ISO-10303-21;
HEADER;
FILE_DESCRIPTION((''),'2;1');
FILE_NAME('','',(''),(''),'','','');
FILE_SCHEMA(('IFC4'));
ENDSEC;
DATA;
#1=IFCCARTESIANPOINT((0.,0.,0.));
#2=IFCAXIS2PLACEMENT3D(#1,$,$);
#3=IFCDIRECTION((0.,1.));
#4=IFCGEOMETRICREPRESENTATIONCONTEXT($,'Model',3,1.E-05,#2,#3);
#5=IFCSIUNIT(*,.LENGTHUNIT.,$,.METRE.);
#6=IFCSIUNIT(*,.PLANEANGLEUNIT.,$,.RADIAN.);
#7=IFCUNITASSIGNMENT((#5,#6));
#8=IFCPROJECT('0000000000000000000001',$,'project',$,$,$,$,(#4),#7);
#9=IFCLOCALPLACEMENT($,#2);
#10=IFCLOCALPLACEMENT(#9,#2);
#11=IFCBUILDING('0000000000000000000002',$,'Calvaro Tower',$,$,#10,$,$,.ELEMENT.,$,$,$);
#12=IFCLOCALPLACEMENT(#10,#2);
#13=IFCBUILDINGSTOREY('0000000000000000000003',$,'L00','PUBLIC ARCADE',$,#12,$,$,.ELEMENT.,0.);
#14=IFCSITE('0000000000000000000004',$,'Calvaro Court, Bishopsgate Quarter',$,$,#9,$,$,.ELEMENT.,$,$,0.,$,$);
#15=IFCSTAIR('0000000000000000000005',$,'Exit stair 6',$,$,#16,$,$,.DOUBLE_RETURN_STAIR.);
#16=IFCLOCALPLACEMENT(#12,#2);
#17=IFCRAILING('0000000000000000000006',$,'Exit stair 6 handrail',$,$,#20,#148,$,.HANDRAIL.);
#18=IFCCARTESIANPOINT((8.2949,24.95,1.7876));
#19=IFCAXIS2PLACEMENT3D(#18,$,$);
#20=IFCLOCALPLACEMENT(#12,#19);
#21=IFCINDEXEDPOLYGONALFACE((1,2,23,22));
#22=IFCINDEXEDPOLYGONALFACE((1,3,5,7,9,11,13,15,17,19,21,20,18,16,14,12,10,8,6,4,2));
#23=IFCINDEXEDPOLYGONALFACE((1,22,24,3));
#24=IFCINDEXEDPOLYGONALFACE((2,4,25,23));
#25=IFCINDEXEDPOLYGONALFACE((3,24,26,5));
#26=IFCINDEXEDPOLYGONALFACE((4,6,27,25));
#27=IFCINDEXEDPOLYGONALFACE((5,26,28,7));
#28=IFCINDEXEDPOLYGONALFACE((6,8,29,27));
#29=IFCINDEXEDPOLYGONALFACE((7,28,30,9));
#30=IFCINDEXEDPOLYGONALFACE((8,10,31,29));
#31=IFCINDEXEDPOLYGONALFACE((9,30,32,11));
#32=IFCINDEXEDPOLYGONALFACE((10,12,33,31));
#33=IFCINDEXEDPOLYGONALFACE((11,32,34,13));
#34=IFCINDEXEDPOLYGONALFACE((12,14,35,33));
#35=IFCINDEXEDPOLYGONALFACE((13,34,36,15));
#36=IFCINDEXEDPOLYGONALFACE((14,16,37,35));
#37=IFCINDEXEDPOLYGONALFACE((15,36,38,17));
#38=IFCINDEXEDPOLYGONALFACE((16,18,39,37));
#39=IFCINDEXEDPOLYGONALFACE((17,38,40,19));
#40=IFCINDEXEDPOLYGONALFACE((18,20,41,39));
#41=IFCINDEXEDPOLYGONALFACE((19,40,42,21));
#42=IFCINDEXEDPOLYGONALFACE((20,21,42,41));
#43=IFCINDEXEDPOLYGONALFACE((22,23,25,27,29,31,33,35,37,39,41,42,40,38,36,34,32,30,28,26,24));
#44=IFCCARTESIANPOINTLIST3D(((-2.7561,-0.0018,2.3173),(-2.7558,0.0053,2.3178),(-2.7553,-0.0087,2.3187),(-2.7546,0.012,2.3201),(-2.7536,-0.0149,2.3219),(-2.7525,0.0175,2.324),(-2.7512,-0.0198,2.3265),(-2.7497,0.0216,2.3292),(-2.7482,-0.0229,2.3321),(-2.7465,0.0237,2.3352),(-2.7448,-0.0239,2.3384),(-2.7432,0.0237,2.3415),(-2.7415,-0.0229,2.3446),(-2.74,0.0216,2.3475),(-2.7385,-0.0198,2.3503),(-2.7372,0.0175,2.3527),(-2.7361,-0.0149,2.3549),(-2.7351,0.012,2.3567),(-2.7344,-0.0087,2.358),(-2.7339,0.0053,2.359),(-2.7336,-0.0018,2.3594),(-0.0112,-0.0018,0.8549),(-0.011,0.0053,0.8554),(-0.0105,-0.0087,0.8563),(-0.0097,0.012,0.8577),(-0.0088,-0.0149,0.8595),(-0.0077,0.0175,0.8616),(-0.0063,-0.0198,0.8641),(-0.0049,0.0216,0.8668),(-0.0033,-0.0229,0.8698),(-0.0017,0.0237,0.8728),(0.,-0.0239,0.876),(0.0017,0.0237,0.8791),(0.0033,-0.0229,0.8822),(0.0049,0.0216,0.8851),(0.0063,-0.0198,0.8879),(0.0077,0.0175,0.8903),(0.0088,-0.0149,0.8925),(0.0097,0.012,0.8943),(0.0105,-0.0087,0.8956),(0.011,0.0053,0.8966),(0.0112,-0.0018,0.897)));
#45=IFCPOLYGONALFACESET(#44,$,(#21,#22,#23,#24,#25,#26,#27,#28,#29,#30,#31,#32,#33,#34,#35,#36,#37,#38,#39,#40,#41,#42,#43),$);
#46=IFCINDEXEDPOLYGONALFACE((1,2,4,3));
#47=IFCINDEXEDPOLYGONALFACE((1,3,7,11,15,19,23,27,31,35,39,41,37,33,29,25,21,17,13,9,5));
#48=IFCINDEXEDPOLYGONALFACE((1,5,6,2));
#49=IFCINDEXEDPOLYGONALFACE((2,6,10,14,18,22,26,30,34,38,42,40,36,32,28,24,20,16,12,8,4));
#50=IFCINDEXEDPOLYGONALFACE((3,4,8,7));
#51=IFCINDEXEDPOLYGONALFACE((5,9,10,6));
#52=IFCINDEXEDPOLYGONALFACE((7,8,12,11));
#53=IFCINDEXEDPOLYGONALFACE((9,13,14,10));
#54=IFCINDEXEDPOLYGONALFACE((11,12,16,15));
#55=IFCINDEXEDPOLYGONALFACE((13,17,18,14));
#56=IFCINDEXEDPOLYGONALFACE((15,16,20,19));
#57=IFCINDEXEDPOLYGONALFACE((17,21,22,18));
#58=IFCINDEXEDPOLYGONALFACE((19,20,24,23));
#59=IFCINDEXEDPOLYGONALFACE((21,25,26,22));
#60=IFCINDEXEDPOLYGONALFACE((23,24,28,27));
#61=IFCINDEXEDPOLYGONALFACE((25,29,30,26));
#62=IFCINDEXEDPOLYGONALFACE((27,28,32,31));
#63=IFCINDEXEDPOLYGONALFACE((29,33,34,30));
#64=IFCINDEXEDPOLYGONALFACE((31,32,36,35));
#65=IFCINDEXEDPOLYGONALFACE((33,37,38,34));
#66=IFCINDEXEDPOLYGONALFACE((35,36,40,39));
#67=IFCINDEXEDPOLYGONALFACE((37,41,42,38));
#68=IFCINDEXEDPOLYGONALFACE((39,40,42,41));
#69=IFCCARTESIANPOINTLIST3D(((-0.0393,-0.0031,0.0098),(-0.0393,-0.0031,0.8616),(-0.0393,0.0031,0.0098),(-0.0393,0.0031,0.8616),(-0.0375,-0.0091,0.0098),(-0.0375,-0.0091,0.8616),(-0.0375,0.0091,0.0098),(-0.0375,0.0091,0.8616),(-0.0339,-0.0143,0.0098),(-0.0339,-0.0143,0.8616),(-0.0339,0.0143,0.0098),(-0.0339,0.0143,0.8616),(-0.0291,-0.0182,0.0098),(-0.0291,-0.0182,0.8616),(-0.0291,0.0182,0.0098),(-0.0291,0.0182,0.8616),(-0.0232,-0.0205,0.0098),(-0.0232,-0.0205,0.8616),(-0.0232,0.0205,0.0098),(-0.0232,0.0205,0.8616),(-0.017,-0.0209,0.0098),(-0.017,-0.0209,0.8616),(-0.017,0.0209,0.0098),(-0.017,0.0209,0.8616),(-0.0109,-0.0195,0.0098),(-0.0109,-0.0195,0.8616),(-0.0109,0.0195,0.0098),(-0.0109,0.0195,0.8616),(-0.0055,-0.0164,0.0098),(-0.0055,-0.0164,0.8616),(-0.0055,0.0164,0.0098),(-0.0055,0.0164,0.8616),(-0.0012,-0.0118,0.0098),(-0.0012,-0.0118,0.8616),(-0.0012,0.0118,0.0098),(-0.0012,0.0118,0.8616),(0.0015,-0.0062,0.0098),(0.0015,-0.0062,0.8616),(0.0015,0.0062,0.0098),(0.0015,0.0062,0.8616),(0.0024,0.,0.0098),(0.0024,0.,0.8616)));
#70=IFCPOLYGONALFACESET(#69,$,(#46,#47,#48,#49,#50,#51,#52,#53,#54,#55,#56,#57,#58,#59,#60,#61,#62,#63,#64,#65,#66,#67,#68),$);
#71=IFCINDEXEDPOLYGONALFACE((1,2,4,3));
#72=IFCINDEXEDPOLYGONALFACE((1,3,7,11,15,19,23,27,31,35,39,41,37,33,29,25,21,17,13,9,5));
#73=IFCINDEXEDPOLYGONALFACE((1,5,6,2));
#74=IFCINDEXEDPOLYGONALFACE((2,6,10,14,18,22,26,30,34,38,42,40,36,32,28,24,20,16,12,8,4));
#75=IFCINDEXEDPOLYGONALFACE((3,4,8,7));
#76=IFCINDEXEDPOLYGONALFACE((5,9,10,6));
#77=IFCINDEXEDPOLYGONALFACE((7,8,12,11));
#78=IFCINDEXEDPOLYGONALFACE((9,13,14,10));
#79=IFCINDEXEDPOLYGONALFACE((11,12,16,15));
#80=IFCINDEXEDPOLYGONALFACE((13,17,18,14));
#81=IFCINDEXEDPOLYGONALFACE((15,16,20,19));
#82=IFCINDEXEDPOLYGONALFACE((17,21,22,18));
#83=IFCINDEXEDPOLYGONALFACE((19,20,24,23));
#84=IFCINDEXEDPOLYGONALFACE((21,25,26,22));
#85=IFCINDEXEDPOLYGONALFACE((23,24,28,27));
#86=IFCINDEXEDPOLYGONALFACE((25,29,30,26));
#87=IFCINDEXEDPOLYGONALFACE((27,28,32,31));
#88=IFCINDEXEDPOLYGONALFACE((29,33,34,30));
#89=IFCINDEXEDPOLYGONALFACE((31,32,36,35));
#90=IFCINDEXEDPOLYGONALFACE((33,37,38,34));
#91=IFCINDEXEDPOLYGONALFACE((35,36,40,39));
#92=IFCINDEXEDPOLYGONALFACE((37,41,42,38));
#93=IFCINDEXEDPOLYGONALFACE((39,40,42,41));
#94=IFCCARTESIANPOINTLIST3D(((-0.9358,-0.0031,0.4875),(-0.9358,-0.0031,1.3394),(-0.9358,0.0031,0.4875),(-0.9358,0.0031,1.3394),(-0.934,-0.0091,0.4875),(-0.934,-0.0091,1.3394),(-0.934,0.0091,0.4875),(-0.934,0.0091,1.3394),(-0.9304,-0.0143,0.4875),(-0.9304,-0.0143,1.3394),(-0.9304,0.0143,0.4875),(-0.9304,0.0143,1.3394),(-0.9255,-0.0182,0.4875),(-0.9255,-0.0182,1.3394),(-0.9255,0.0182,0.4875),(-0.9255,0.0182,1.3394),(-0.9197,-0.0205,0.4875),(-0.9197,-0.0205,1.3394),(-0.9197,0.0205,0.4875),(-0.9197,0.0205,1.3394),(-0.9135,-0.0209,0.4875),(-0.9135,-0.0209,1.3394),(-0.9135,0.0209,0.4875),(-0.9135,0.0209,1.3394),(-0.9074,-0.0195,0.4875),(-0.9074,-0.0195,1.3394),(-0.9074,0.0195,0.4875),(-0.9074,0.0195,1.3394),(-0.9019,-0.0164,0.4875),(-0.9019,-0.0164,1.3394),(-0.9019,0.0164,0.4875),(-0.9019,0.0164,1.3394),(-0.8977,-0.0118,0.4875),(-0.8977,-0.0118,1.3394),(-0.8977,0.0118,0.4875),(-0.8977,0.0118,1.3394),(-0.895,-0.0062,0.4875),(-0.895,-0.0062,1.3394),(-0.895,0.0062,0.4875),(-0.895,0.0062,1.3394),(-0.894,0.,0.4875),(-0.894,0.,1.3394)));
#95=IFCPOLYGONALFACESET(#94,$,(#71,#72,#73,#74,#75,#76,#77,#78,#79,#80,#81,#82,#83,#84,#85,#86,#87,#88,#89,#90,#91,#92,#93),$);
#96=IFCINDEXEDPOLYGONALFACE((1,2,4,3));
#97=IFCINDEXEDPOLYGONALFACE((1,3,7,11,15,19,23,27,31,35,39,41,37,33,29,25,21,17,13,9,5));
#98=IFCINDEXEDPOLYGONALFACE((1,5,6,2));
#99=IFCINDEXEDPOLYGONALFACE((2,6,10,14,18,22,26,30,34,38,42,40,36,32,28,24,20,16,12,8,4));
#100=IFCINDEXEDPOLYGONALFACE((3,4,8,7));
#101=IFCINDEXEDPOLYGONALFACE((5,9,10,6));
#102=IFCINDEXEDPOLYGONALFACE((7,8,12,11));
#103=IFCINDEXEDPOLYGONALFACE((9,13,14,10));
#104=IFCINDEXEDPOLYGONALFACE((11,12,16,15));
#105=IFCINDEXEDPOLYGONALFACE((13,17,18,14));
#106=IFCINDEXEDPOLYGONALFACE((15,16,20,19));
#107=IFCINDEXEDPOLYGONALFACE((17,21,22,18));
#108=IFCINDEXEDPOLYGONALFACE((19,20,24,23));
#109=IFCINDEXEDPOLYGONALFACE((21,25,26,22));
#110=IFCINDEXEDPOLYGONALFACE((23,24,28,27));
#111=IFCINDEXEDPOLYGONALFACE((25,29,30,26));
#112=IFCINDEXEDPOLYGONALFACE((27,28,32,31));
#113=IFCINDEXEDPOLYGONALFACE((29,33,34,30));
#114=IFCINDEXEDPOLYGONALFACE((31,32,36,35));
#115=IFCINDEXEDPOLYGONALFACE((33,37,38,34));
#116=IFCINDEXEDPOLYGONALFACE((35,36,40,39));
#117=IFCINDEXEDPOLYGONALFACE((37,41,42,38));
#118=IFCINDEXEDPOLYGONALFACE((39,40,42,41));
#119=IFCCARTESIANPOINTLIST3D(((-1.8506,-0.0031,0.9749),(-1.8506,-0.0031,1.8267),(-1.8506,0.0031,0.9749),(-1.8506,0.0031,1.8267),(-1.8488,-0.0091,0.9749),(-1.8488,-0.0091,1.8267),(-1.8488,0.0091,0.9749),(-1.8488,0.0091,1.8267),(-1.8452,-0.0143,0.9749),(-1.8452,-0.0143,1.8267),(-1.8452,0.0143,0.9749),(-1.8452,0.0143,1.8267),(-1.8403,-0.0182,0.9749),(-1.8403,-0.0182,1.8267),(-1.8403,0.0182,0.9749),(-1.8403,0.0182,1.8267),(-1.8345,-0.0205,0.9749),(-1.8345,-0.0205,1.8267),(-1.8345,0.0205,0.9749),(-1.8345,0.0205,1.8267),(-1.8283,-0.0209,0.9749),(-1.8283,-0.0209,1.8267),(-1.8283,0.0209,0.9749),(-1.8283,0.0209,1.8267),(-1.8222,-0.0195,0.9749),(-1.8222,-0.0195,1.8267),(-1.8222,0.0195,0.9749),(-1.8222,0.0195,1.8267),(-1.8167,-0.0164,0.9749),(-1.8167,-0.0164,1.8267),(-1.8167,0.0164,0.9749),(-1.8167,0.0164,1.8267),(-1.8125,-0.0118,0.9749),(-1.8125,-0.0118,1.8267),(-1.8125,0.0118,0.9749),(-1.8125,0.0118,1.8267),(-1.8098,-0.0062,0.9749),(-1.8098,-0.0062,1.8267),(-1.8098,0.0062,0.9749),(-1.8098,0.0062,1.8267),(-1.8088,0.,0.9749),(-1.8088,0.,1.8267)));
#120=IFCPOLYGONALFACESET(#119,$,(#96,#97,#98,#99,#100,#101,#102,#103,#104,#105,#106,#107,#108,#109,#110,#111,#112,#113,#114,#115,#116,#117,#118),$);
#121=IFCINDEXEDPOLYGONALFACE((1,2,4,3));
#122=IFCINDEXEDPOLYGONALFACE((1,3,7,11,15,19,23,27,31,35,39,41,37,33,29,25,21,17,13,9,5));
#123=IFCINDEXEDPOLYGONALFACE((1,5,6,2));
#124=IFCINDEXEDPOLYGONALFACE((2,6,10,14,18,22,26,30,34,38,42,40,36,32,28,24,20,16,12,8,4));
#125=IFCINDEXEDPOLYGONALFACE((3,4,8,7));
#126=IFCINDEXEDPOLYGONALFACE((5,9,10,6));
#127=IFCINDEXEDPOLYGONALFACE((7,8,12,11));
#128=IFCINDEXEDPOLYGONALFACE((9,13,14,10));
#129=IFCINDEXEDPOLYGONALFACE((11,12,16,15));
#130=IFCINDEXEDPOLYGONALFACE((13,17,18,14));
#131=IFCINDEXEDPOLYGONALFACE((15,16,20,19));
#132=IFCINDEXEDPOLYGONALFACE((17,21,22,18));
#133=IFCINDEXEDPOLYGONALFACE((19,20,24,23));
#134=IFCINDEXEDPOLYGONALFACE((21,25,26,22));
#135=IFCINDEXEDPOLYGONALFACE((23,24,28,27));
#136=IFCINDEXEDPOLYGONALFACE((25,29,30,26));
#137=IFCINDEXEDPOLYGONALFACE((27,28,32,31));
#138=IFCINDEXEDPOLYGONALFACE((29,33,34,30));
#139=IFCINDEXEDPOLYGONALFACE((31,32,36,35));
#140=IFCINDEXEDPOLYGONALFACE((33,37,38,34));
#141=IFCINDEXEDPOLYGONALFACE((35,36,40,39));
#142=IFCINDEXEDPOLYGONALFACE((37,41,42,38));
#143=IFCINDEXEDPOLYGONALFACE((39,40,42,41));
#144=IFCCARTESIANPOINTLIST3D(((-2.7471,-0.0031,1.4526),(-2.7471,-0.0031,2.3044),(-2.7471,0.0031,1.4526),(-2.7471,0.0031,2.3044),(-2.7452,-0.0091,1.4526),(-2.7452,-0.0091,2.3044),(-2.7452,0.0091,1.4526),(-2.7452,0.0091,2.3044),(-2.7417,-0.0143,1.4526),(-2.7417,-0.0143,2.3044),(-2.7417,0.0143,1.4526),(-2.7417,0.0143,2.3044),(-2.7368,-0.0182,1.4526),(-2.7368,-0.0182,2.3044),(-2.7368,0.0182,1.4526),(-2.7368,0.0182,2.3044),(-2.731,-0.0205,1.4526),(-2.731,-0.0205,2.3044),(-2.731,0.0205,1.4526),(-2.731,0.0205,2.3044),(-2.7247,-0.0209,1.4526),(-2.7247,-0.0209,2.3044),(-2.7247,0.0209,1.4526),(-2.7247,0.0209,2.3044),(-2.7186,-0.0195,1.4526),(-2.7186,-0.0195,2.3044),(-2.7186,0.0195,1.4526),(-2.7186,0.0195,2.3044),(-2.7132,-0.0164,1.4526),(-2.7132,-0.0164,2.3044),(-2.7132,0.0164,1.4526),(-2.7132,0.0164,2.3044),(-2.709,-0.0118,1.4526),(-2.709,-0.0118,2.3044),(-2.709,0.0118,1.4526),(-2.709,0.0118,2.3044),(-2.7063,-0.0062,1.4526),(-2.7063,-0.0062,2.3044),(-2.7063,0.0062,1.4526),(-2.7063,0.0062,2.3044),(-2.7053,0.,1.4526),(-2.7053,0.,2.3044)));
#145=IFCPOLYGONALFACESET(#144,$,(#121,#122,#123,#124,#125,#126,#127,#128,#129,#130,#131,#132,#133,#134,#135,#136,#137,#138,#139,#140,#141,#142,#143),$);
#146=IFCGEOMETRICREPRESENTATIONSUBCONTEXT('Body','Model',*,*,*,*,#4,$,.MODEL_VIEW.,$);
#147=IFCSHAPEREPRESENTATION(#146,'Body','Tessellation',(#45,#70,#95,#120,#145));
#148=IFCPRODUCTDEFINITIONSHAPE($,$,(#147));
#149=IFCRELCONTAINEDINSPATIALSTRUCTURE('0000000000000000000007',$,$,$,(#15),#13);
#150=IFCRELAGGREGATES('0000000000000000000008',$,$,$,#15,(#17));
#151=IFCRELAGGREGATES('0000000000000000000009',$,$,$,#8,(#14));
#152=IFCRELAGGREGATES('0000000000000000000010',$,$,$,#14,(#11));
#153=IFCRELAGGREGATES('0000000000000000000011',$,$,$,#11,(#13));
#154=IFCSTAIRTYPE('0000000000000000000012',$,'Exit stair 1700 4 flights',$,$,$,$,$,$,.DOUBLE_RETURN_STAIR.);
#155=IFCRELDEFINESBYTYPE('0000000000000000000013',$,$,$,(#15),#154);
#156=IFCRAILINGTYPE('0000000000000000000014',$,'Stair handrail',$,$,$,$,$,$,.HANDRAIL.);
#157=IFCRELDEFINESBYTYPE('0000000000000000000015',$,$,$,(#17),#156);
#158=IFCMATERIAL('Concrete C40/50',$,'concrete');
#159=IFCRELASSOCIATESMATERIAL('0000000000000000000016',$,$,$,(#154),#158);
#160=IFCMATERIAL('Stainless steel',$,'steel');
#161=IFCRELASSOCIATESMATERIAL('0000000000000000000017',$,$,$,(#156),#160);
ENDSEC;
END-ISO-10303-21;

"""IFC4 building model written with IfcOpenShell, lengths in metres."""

from ifc_helpers import new_model, si_unit, direction, frame, origin, origin_2d, place, context, subcontext, project, spatial, circle, extrude, material, type_object, element, aggregate, save


model = new_model("IFC4")

# Units and contexts
model_context = context("Model", 3, precision=1e-05, world=origin(), true_north=direction((0.0, 1.0)))
body_context = subcontext(model_context, "Body", "Model", "MODEL_VIEW")
ifc_project = project(units=[si_unit("LENGTHUNIT", "METRE"), si_unit("PLANEANGLEUNIT", "RADIAN")], contexts=[model_context])

# Site, building, storey
site_placement = place(None, origin())
site = spatial("IfcSite", under=ifc_project, at=site_placement, Name="Calvaro Court, Bishopsgate Quarter", CompositionType="ELEMENT", RefElevation=0.0)
building_placement = place(site_placement, origin())
building = spatial("IfcBuilding", under=site, at=building_placement, Name="Calvaro Tower", CompositionType="ELEMENT")
storey_placement = place(building_placement, origin())
storey = spatial("IfcBuildingStorey", under=building, at=storey_placement, Name="L00", Description="PUBLIC ARCADE", CompositionType="ELEMENT", Elevation=0.0)

# Stair, railing
ifc_material_1 = material(Name="Concrete C40/50", Category="concrete")
stair_type = type_object("IfcStairType", Name="Exit stair 1700 4 flights", PredefinedType="DOUBLE_RETURN_STAIR", material=ifc_material_1)
stair_placement = place(storey_placement, origin())
stair = element("IfcStair", 1, at=stair_placement, inside=storey, type_object=stair_type, Name="Exit stair 6", PredefinedType="DOUBLE_RETURN_STAIR")
ifc_material_2 = material(Name="Stainless steel", Category="steel")
railing_type = type_object("IfcRailingType", Name="Stair handrail", PredefinedType="HANDRAIL", material=ifc_material_2)
railing_1_placement = place(storey_placement, frame((8.2949, 24.95, 1.7876)))
railing_1 = element("IfcRailing", 2, at=railing_1_placement, type_object=railing_type, Name="Exit stair 6 handrail", PredefinedType="HANDRAIL", context=body_context, shape_type="SweptSolid", body=[
    extrude(circle(Radius=0.0239, at=origin_2d()), frame((0.0, 0.0, 0.876), z_axis=(-0.882557, 0.0, 0.470205), x_axis=(0.0, -1.0, 0.0)), (0.0, 0.0, 1.0), 3.1101),
    extrude(circle(Radius=0.021, at=origin_2d()), frame((-0.0186, 0.0, 0.0098)), (0.0, 0.0, 1.0), 0.8518),
    extrude(circle(Radius=0.021, at=origin_2d()), frame((-0.915, 0.0, 0.4875)), (0.0, 0.0, 1.0), 0.8518),
    extrude(circle(Radius=0.021, at=origin_2d()), frame((-1.8298, 0.0, 0.9749)), (0.0, 0.0, 1.0), 0.8518),
    extrude(circle(Radius=0.021, at=origin_2d()), frame((-2.7263, 0.0, 1.4526)), (0.0, 0.0, 1.0), 0.8518),
])
aggregate(stair, [railing_1])

save(model, "model.ifc")
